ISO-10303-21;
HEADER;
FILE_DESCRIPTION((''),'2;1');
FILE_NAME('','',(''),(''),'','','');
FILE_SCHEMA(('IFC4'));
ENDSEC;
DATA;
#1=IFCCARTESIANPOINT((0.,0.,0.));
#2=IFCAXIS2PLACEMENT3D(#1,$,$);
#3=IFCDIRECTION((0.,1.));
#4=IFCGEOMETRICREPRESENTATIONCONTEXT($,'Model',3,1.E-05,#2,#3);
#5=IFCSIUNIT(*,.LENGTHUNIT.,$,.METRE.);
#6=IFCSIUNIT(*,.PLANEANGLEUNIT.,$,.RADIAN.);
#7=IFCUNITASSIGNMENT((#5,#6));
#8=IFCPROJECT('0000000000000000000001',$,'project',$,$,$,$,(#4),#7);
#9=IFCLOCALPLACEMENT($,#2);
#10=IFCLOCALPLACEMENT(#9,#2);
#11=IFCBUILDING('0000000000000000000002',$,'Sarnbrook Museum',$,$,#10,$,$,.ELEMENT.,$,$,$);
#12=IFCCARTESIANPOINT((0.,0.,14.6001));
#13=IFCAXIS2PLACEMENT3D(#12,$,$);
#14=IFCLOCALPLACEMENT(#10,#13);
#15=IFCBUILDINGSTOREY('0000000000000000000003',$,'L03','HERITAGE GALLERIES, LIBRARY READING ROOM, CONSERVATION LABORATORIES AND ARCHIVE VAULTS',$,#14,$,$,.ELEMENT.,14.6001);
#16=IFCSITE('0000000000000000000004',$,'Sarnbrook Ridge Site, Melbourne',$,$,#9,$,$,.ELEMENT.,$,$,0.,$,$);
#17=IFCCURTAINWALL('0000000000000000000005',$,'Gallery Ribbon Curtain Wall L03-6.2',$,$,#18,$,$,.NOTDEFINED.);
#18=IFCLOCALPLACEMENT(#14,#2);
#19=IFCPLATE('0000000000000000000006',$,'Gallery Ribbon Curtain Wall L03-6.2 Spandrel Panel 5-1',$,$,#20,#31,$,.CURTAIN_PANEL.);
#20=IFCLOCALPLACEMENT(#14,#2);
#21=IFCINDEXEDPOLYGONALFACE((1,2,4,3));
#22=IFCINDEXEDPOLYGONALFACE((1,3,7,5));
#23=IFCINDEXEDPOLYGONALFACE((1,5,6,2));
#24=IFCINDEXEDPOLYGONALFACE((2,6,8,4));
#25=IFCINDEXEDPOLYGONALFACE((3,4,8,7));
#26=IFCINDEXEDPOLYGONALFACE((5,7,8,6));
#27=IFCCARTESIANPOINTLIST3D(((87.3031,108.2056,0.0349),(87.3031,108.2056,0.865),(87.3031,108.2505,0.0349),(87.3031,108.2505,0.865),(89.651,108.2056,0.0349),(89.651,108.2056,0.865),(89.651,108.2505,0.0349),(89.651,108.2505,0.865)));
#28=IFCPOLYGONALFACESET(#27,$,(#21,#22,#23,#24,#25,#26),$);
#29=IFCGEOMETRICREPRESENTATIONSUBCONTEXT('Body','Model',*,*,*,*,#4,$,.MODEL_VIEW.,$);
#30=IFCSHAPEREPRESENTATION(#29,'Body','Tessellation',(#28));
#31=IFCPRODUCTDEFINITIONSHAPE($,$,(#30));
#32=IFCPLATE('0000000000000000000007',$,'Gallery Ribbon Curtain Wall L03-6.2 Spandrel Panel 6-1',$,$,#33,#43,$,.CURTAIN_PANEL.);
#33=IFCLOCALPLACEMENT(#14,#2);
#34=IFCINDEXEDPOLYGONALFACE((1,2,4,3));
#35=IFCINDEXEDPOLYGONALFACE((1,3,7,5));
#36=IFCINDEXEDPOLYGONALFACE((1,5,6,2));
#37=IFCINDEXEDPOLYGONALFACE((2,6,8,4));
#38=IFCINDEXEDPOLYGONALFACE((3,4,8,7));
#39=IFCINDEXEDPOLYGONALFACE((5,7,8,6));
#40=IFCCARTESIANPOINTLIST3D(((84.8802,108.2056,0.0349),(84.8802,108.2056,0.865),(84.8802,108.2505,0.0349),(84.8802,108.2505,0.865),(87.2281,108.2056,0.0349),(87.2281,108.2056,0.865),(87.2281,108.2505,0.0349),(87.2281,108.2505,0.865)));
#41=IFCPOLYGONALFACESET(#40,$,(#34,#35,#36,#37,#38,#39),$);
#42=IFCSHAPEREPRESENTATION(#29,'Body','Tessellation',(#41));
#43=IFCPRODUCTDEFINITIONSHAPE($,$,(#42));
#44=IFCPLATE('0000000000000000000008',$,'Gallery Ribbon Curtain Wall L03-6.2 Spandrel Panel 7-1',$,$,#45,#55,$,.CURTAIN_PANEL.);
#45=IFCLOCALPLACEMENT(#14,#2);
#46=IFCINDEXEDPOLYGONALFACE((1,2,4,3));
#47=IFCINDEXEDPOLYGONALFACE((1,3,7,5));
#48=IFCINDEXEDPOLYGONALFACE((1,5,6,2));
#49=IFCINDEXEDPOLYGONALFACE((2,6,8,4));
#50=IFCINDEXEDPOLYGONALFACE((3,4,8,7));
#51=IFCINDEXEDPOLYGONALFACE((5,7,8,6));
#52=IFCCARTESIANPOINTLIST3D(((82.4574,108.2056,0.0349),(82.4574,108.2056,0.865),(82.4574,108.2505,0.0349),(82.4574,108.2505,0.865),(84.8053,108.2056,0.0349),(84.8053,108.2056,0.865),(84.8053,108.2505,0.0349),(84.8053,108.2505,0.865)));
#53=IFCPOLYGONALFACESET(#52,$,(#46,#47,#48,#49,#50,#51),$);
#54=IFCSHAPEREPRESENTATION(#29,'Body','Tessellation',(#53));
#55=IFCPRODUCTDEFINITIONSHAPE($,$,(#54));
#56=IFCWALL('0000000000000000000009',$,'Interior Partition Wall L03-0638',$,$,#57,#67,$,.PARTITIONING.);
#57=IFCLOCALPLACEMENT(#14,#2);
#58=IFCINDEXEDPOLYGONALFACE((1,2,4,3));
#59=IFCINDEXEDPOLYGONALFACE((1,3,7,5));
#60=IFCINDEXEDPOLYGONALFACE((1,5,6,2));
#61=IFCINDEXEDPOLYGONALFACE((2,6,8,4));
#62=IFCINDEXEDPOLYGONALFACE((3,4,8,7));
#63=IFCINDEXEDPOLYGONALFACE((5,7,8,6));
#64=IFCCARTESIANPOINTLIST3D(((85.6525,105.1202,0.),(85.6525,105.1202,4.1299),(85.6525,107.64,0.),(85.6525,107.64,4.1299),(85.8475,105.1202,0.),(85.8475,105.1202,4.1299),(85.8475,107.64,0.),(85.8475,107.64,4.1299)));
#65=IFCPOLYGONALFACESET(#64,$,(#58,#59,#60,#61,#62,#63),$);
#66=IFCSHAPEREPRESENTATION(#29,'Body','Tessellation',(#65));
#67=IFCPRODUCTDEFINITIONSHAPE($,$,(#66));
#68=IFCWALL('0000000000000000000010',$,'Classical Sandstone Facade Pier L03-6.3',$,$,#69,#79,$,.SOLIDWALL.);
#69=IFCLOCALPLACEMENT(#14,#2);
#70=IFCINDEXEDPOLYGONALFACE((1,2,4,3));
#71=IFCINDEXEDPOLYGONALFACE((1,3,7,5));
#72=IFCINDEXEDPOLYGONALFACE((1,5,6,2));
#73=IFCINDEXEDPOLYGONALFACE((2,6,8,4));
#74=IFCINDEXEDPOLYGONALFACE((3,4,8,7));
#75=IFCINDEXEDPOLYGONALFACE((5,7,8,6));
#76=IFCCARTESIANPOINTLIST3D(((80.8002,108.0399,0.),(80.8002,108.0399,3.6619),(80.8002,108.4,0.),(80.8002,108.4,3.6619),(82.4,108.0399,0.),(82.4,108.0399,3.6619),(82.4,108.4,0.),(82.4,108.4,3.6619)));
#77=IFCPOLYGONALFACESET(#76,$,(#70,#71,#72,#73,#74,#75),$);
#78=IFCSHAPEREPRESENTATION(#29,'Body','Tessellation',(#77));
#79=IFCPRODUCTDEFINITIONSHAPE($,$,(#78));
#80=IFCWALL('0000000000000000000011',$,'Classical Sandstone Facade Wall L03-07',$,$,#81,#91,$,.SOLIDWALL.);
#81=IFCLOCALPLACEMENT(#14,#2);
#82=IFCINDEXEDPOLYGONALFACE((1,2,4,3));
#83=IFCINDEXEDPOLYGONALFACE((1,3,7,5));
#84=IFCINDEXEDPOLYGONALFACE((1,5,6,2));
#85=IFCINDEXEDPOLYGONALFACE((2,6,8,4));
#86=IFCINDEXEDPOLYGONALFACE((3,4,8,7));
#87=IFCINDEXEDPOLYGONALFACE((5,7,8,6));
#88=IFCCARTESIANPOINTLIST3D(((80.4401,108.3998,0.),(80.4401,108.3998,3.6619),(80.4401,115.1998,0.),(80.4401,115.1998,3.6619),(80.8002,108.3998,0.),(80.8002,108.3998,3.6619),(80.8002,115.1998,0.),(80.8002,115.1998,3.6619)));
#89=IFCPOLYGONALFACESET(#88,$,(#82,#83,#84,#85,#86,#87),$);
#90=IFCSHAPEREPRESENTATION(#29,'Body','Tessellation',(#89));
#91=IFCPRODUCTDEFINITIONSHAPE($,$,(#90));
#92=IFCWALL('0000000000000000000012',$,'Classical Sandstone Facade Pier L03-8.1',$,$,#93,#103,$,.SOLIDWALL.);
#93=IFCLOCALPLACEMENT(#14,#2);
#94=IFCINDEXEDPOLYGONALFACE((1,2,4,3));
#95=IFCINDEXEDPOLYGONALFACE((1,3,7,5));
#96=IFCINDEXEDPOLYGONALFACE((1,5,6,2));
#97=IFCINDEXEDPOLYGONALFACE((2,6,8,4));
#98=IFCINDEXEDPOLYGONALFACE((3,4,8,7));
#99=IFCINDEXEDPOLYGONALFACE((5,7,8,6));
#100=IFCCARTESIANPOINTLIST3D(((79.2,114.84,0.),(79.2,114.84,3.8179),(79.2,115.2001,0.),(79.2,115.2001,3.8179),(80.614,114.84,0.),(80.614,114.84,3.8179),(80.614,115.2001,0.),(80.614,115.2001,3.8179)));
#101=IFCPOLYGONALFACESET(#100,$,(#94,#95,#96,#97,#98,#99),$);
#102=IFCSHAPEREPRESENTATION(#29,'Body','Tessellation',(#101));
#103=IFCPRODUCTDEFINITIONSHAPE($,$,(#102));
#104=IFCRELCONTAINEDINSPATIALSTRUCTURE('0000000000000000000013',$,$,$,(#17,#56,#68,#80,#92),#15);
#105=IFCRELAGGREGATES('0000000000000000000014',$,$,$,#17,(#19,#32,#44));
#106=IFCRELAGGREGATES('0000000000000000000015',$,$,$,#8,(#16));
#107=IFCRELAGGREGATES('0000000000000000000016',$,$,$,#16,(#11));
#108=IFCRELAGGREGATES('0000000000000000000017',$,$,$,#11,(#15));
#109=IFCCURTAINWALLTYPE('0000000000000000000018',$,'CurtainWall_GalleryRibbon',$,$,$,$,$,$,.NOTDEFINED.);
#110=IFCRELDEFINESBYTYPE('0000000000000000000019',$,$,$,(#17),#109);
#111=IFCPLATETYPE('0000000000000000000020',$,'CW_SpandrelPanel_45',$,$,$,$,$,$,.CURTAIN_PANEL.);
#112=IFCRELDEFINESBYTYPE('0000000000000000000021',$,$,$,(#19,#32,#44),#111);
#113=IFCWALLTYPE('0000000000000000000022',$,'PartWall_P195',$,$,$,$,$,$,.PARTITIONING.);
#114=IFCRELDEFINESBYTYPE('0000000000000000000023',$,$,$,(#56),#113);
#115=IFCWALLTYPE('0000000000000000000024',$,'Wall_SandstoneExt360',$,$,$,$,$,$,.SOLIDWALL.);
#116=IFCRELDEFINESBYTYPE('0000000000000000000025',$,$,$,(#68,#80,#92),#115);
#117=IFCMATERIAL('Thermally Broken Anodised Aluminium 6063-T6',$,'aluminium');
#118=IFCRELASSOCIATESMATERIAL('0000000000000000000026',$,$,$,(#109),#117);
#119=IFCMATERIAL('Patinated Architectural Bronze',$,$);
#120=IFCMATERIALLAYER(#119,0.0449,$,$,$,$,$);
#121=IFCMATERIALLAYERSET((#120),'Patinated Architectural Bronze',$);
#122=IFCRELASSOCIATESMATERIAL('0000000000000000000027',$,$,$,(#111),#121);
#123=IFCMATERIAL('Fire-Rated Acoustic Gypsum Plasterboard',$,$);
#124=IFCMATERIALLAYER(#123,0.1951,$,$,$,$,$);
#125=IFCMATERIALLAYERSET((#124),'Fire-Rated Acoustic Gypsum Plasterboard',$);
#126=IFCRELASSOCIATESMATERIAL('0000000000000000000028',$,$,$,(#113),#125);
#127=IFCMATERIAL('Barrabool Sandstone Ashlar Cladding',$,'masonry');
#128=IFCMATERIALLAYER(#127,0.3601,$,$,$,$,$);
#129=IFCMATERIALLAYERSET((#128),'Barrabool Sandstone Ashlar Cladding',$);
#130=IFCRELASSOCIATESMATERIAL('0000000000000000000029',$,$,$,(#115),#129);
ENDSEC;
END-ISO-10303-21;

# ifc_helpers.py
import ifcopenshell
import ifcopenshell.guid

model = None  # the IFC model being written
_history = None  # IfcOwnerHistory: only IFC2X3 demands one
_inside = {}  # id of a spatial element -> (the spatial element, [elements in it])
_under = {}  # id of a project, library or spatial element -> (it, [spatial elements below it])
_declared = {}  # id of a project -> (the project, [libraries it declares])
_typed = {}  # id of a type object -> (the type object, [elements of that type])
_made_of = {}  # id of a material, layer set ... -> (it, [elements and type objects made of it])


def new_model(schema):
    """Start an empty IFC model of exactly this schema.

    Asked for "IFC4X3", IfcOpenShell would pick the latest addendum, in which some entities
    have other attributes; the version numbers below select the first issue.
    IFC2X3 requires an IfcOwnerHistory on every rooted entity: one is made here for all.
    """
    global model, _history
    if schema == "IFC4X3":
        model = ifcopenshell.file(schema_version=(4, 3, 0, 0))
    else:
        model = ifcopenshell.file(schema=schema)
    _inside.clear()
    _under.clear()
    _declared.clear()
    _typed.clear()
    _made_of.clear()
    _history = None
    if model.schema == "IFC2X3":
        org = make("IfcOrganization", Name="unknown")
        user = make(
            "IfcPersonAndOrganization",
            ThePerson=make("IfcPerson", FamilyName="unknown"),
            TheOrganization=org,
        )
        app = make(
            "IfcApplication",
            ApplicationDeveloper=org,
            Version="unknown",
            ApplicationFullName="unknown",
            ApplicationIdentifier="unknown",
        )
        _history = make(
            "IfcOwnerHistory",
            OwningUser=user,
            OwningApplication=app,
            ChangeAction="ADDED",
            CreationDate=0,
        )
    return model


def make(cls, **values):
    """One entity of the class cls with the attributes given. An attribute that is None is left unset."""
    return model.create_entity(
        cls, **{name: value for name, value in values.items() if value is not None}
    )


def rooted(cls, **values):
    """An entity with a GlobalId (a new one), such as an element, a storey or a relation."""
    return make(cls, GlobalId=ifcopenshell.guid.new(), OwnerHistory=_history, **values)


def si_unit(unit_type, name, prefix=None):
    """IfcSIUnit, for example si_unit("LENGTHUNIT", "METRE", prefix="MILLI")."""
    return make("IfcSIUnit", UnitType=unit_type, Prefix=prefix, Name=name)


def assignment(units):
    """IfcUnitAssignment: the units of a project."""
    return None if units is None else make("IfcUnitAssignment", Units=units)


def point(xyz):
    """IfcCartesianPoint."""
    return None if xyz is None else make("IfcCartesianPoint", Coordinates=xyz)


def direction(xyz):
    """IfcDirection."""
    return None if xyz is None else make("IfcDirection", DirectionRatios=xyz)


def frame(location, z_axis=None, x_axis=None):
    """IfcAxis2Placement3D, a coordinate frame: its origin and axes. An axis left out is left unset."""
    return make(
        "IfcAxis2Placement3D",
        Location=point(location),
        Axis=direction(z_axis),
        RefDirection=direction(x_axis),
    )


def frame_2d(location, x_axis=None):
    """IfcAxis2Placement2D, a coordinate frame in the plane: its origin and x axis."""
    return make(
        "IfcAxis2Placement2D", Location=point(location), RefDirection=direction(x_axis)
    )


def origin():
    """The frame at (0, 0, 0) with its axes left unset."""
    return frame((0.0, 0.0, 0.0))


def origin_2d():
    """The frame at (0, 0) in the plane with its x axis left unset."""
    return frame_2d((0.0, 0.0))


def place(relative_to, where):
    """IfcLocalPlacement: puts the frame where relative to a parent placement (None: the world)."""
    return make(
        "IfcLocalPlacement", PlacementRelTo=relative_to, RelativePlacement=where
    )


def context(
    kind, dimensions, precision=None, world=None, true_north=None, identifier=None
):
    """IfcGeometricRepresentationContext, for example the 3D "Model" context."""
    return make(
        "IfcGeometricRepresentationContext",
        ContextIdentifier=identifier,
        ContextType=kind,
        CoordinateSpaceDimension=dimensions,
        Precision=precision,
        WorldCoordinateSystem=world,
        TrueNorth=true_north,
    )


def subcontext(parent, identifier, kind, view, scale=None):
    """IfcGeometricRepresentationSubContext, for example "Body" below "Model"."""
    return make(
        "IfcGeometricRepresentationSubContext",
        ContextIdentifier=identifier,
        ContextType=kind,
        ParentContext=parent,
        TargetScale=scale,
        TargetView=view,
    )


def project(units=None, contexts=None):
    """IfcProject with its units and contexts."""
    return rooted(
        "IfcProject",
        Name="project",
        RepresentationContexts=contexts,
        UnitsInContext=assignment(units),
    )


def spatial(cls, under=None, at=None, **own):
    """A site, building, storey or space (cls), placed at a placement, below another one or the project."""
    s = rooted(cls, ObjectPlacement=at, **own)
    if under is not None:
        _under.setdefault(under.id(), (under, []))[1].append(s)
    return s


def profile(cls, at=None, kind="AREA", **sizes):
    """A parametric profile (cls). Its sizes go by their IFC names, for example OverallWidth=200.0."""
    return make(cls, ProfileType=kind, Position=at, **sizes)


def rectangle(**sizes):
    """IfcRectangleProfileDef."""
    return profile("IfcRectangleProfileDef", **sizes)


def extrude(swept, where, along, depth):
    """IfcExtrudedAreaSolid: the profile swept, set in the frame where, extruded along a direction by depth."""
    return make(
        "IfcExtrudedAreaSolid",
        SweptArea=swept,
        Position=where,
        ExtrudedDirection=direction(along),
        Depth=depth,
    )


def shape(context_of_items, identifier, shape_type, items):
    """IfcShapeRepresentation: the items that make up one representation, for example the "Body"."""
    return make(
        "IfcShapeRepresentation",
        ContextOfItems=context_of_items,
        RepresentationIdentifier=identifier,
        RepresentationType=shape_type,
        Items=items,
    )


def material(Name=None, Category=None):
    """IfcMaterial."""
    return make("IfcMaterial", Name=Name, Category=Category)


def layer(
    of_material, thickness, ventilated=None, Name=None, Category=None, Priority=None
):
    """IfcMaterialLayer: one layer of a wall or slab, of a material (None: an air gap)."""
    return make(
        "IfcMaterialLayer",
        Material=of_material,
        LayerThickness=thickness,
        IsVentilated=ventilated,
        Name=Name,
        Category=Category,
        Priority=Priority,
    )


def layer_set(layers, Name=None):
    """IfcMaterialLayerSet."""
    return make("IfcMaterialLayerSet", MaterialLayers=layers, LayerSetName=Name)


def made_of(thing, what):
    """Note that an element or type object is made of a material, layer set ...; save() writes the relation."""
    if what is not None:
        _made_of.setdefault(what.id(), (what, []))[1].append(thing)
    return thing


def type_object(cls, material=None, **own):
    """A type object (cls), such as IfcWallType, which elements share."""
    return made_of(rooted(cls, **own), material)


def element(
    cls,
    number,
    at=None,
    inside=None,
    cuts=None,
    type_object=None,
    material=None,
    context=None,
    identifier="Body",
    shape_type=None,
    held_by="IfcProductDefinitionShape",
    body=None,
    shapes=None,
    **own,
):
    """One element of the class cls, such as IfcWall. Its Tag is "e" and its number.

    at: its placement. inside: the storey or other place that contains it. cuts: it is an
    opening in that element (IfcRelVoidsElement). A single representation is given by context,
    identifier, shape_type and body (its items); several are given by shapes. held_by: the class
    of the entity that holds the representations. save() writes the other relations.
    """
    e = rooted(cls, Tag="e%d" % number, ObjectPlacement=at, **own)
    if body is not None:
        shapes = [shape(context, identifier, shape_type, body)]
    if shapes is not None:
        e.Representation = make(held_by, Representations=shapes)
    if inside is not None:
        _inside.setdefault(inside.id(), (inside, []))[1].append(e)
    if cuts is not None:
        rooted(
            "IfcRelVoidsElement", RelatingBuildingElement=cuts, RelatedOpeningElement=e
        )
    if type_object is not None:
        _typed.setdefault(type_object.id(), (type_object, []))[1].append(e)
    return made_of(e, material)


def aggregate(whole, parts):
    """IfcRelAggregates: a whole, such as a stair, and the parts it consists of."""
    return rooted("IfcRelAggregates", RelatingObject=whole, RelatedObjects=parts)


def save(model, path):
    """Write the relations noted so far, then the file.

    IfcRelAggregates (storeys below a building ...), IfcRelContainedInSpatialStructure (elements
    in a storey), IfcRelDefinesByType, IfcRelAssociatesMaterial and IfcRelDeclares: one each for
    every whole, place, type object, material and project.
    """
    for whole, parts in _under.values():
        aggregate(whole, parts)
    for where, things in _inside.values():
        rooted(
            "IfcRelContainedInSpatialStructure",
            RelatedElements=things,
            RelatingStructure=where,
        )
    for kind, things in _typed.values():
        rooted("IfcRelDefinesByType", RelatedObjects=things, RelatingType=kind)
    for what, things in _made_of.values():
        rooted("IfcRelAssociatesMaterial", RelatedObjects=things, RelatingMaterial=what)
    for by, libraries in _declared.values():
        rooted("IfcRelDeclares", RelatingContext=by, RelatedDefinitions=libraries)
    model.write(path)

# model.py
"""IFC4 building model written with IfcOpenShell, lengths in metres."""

from ifc_helpers import new_model, si_unit, direction, frame, frame_2d, origin, origin_2d, place, context, subcontext, project, spatial, rectangle, extrude, material, layer, layer_set, type_object, element, aggregate, save


model = new_model("IFC4")

# Units and contexts
model_context = context("Model", 3, precision=1e-05, world=origin(), true_north=direction((0.0, 1.0)))
body_context = subcontext(model_context, "Body", "Model", "MODEL_VIEW")
ifc_project = project(units=[si_unit("LENGTHUNIT", "METRE"), si_unit("PLANEANGLEUNIT", "RADIAN")], contexts=[model_context])

# Site, building, storey
site_placement = place(None, origin())
site = spatial("IfcSite", under=ifc_project, at=site_placement, Name="Sarnbrook Ridge Site, Melbourne", CompositionType="ELEMENT", RefElevation=0.0)
building_placement = place(site_placement, origin())
building = spatial("IfcBuilding", under=site, at=building_placement, Name="Sarnbrook Museum", CompositionType="ELEMENT")
storey_placement = place(building_placement, frame((0.0, 0.0, 14.6001)))
storey = spatial("IfcBuildingStorey", under=building, at=storey_placement, Name="L03", Description="HERITAGE GALLERIES, LIBRARY READING ROOM, CONSERVATION LABORATORIES AND ARCHIVE VAULTS", CompositionType="ELEMENT", Elevation=14.6001)

# Curtain wall
ifc_material_1 = material(Name="Thermally Broken Anodised Aluminium 6063-T6", Category="aluminium")
curtain_wall_type = type_object("IfcCurtainWallType", Name="CurtainWall_GalleryRibbon", PredefinedType="NOTDEFINED", material=ifc_material_1)
curtain_wall_1_placement = place(storey_placement, origin())
curtain_wall_1 = element("IfcCurtainWall", 1, at=curtain_wall_1_placement, inside=storey, type_object=curtain_wall_type, Name="Gallery Ribbon Curtain Wall L03-6.2", PredefinedType="NOTDEFINED")

# Plates
ifc_material_2 = material(Name="Patinated Architectural Bronze")
ifc_layer_1 = layer(ifc_material_2, 0.0449)
ifc_layer_set_1 = layer_set([ifc_layer_1], Name="Patinated Architectural Bronze")
plate_type_1 = type_object("IfcPlateType", Name="CW_SpandrelPanel_45", PredefinedType="CURTAIN_PANEL", material=ifc_layer_set_1)
plate_1_placement = place(storey_placement, frame((88.4771, 108.2056, 0.45), z_axis=(0.0, 1.0, 0.0), x_axis=(-1.0, 0.0, 0.0)))
plate_1 = element("IfcPlate", 2, at=plate_1_placement, type_object=plate_type_1, Name="Gallery Ribbon Curtain Wall L03-6.2 Spandrel Panel 5-1", PredefinedType="CURTAIN_PANEL", context=body_context, shape_type="SweptSolid", body=[
    extrude(rectangle(XDim=2.3479, YDim=0.8301, at=origin_2d()), origin(), (0.0, 0.0, 1.0), 0.0449),
])
plate_2_placement = place(storey_placement, frame((86.0542, 108.2056, 0.45), z_axis=(0.0, 1.0, 0.0), x_axis=(-1.0, 0.0, 0.0)))
plate_2 = element("IfcPlate", 3, at=plate_2_placement, type_object=plate_type_1, Name="Gallery Ribbon Curtain Wall L03-6.2 Spandrel Panel 6-1", PredefinedType="CURTAIN_PANEL", context=body_context, shape_type="SweptSolid", body=[
    extrude(rectangle(XDim=2.3479, YDim=0.8301, at=origin_2d()), origin(), (0.0, 0.0, 1.0), 0.0449),
])
plate_3_placement = place(storey_placement, frame((83.6313, 108.2056, 0.45), z_axis=(0.0, 1.0, 0.0), x_axis=(-1.0, 0.0, 0.0)))
plate_3 = element("IfcPlate", 4, at=plate_3_placement, type_object=plate_type_1, Name="Gallery Ribbon Curtain Wall L03-6.2 Spandrel Panel 7-1", PredefinedType="CURTAIN_PANEL", context=body_context, shape_type="SweptSolid", body=[
    extrude(rectangle(XDim=2.3479, YDim=0.8301, at=origin_2d()), origin(), (0.0, 0.0, 1.0), 0.0449),
])
aggregate(curtain_wall_1, [plate_1, plate_2, plate_3])

# Walls
ifc_material_3 = material(Name="Fire-Rated Acoustic Gypsum Plasterboard")
ifc_layer_2 = layer(ifc_material_3, 0.1951)
ifc_layer_set_2 = layer_set([ifc_layer_2], Name="Fire-Rated Acoustic Gypsum Plasterboard")
wall_type_1 = type_object("IfcWallType", Name="PartWall_P195", PredefinedType="PARTITIONING", material=ifc_layer_set_2)
wall_1_placement = place(storey_placement, frame((85.75, 107.6399, 0.0), z_axis=(0.0, 0.0, 1.0), x_axis=(0.0, -1.0, 0.0)))
element("IfcWall", 5, at=wall_1_placement, inside=storey, type_object=wall_type_1, Name="Interior Partition Wall L03-0638", PredefinedType="PARTITIONING", context=body_context, shape_type="SweptSolid", body=[
    extrude(rectangle(XDim=2.5198, YDim=0.1951, at=frame_2d((1.2598, 0.0))), origin(), (0.0, 0.0, 1.0), 4.1299),
])
ifc_material_4 = material(Name="Barrabool Sandstone Ashlar Cladding", Category="masonry")
ifc_layer_3 = layer(ifc_material_4, 0.3601)
ifc_layer_set_3 = layer_set([ifc_layer_3], Name="Barrabool Sandstone Ashlar Cladding")
wall_type_2 = type_object("IfcWallType", Name="Wall_SandstoneExt360", PredefinedType="SOLIDWALL", material=ifc_layer_set_3)
wall_2_placement = place(storey_placement, frame((82.3999, 108.22, 0.0), z_axis=(0.0, 0.0, 1.0), x_axis=(-1.0, 0.0, 0.0)))
element("IfcWall", 6, at=wall_2_placement, inside=storey, type_object=wall_type_2, Name="Classical Sandstone Facade Pier L03-6.3", PredefinedType="SOLIDWALL", context=body_context, shape_type="SweptSolid", body=[
    extrude(rectangle(XDim=1.5999, YDim=0.3601, at=frame_2d((0.7998, 0.0))), origin(), (0.0, 0.0, 1.0), 3.6619),
])
wall_3_placement = place(storey_placement, frame((80.6201, 108.3999, 0.0), z_axis=(0.0, 0.0, 1.0), x_axis=(0.0, 1.0, 0.0)))
element("IfcWall", 7, at=wall_3_placement, inside=storey, type_object=wall_type_2, Name="Classical Sandstone Facade Wall L03-07", PredefinedType="SOLIDWALL", context=body_context, shape_type="SweptSolid", body=[
    extrude(rectangle(XDim=6.8, YDim=0.3601, at=frame_2d((3.3999, 0.0))), origin(), (0.0, 0.0, 1.0), 3.6619),
])
wall_4_placement = place(storey_placement, frame((80.614, 115.02, 0.0), z_axis=(0.0, 0.0, 1.0), x_axis=(-1.0, 0.0, 0.0)))
element("IfcWall", 8, at=wall_4_placement, inside=storey, type_object=wall_type_2, Name="Classical Sandstone Facade Pier L03-8.1", PredefinedType="SOLIDWALL", context=body_context, shape_type="SweptSolid", body=[
    extrude(rectangle(XDim=1.4141, YDim=0.3601, at=frame_2d((0.707, 0.0))), origin(), (0.0, 0.0, 1.0), 3.8179),
])

save(model, "model.ifc")
